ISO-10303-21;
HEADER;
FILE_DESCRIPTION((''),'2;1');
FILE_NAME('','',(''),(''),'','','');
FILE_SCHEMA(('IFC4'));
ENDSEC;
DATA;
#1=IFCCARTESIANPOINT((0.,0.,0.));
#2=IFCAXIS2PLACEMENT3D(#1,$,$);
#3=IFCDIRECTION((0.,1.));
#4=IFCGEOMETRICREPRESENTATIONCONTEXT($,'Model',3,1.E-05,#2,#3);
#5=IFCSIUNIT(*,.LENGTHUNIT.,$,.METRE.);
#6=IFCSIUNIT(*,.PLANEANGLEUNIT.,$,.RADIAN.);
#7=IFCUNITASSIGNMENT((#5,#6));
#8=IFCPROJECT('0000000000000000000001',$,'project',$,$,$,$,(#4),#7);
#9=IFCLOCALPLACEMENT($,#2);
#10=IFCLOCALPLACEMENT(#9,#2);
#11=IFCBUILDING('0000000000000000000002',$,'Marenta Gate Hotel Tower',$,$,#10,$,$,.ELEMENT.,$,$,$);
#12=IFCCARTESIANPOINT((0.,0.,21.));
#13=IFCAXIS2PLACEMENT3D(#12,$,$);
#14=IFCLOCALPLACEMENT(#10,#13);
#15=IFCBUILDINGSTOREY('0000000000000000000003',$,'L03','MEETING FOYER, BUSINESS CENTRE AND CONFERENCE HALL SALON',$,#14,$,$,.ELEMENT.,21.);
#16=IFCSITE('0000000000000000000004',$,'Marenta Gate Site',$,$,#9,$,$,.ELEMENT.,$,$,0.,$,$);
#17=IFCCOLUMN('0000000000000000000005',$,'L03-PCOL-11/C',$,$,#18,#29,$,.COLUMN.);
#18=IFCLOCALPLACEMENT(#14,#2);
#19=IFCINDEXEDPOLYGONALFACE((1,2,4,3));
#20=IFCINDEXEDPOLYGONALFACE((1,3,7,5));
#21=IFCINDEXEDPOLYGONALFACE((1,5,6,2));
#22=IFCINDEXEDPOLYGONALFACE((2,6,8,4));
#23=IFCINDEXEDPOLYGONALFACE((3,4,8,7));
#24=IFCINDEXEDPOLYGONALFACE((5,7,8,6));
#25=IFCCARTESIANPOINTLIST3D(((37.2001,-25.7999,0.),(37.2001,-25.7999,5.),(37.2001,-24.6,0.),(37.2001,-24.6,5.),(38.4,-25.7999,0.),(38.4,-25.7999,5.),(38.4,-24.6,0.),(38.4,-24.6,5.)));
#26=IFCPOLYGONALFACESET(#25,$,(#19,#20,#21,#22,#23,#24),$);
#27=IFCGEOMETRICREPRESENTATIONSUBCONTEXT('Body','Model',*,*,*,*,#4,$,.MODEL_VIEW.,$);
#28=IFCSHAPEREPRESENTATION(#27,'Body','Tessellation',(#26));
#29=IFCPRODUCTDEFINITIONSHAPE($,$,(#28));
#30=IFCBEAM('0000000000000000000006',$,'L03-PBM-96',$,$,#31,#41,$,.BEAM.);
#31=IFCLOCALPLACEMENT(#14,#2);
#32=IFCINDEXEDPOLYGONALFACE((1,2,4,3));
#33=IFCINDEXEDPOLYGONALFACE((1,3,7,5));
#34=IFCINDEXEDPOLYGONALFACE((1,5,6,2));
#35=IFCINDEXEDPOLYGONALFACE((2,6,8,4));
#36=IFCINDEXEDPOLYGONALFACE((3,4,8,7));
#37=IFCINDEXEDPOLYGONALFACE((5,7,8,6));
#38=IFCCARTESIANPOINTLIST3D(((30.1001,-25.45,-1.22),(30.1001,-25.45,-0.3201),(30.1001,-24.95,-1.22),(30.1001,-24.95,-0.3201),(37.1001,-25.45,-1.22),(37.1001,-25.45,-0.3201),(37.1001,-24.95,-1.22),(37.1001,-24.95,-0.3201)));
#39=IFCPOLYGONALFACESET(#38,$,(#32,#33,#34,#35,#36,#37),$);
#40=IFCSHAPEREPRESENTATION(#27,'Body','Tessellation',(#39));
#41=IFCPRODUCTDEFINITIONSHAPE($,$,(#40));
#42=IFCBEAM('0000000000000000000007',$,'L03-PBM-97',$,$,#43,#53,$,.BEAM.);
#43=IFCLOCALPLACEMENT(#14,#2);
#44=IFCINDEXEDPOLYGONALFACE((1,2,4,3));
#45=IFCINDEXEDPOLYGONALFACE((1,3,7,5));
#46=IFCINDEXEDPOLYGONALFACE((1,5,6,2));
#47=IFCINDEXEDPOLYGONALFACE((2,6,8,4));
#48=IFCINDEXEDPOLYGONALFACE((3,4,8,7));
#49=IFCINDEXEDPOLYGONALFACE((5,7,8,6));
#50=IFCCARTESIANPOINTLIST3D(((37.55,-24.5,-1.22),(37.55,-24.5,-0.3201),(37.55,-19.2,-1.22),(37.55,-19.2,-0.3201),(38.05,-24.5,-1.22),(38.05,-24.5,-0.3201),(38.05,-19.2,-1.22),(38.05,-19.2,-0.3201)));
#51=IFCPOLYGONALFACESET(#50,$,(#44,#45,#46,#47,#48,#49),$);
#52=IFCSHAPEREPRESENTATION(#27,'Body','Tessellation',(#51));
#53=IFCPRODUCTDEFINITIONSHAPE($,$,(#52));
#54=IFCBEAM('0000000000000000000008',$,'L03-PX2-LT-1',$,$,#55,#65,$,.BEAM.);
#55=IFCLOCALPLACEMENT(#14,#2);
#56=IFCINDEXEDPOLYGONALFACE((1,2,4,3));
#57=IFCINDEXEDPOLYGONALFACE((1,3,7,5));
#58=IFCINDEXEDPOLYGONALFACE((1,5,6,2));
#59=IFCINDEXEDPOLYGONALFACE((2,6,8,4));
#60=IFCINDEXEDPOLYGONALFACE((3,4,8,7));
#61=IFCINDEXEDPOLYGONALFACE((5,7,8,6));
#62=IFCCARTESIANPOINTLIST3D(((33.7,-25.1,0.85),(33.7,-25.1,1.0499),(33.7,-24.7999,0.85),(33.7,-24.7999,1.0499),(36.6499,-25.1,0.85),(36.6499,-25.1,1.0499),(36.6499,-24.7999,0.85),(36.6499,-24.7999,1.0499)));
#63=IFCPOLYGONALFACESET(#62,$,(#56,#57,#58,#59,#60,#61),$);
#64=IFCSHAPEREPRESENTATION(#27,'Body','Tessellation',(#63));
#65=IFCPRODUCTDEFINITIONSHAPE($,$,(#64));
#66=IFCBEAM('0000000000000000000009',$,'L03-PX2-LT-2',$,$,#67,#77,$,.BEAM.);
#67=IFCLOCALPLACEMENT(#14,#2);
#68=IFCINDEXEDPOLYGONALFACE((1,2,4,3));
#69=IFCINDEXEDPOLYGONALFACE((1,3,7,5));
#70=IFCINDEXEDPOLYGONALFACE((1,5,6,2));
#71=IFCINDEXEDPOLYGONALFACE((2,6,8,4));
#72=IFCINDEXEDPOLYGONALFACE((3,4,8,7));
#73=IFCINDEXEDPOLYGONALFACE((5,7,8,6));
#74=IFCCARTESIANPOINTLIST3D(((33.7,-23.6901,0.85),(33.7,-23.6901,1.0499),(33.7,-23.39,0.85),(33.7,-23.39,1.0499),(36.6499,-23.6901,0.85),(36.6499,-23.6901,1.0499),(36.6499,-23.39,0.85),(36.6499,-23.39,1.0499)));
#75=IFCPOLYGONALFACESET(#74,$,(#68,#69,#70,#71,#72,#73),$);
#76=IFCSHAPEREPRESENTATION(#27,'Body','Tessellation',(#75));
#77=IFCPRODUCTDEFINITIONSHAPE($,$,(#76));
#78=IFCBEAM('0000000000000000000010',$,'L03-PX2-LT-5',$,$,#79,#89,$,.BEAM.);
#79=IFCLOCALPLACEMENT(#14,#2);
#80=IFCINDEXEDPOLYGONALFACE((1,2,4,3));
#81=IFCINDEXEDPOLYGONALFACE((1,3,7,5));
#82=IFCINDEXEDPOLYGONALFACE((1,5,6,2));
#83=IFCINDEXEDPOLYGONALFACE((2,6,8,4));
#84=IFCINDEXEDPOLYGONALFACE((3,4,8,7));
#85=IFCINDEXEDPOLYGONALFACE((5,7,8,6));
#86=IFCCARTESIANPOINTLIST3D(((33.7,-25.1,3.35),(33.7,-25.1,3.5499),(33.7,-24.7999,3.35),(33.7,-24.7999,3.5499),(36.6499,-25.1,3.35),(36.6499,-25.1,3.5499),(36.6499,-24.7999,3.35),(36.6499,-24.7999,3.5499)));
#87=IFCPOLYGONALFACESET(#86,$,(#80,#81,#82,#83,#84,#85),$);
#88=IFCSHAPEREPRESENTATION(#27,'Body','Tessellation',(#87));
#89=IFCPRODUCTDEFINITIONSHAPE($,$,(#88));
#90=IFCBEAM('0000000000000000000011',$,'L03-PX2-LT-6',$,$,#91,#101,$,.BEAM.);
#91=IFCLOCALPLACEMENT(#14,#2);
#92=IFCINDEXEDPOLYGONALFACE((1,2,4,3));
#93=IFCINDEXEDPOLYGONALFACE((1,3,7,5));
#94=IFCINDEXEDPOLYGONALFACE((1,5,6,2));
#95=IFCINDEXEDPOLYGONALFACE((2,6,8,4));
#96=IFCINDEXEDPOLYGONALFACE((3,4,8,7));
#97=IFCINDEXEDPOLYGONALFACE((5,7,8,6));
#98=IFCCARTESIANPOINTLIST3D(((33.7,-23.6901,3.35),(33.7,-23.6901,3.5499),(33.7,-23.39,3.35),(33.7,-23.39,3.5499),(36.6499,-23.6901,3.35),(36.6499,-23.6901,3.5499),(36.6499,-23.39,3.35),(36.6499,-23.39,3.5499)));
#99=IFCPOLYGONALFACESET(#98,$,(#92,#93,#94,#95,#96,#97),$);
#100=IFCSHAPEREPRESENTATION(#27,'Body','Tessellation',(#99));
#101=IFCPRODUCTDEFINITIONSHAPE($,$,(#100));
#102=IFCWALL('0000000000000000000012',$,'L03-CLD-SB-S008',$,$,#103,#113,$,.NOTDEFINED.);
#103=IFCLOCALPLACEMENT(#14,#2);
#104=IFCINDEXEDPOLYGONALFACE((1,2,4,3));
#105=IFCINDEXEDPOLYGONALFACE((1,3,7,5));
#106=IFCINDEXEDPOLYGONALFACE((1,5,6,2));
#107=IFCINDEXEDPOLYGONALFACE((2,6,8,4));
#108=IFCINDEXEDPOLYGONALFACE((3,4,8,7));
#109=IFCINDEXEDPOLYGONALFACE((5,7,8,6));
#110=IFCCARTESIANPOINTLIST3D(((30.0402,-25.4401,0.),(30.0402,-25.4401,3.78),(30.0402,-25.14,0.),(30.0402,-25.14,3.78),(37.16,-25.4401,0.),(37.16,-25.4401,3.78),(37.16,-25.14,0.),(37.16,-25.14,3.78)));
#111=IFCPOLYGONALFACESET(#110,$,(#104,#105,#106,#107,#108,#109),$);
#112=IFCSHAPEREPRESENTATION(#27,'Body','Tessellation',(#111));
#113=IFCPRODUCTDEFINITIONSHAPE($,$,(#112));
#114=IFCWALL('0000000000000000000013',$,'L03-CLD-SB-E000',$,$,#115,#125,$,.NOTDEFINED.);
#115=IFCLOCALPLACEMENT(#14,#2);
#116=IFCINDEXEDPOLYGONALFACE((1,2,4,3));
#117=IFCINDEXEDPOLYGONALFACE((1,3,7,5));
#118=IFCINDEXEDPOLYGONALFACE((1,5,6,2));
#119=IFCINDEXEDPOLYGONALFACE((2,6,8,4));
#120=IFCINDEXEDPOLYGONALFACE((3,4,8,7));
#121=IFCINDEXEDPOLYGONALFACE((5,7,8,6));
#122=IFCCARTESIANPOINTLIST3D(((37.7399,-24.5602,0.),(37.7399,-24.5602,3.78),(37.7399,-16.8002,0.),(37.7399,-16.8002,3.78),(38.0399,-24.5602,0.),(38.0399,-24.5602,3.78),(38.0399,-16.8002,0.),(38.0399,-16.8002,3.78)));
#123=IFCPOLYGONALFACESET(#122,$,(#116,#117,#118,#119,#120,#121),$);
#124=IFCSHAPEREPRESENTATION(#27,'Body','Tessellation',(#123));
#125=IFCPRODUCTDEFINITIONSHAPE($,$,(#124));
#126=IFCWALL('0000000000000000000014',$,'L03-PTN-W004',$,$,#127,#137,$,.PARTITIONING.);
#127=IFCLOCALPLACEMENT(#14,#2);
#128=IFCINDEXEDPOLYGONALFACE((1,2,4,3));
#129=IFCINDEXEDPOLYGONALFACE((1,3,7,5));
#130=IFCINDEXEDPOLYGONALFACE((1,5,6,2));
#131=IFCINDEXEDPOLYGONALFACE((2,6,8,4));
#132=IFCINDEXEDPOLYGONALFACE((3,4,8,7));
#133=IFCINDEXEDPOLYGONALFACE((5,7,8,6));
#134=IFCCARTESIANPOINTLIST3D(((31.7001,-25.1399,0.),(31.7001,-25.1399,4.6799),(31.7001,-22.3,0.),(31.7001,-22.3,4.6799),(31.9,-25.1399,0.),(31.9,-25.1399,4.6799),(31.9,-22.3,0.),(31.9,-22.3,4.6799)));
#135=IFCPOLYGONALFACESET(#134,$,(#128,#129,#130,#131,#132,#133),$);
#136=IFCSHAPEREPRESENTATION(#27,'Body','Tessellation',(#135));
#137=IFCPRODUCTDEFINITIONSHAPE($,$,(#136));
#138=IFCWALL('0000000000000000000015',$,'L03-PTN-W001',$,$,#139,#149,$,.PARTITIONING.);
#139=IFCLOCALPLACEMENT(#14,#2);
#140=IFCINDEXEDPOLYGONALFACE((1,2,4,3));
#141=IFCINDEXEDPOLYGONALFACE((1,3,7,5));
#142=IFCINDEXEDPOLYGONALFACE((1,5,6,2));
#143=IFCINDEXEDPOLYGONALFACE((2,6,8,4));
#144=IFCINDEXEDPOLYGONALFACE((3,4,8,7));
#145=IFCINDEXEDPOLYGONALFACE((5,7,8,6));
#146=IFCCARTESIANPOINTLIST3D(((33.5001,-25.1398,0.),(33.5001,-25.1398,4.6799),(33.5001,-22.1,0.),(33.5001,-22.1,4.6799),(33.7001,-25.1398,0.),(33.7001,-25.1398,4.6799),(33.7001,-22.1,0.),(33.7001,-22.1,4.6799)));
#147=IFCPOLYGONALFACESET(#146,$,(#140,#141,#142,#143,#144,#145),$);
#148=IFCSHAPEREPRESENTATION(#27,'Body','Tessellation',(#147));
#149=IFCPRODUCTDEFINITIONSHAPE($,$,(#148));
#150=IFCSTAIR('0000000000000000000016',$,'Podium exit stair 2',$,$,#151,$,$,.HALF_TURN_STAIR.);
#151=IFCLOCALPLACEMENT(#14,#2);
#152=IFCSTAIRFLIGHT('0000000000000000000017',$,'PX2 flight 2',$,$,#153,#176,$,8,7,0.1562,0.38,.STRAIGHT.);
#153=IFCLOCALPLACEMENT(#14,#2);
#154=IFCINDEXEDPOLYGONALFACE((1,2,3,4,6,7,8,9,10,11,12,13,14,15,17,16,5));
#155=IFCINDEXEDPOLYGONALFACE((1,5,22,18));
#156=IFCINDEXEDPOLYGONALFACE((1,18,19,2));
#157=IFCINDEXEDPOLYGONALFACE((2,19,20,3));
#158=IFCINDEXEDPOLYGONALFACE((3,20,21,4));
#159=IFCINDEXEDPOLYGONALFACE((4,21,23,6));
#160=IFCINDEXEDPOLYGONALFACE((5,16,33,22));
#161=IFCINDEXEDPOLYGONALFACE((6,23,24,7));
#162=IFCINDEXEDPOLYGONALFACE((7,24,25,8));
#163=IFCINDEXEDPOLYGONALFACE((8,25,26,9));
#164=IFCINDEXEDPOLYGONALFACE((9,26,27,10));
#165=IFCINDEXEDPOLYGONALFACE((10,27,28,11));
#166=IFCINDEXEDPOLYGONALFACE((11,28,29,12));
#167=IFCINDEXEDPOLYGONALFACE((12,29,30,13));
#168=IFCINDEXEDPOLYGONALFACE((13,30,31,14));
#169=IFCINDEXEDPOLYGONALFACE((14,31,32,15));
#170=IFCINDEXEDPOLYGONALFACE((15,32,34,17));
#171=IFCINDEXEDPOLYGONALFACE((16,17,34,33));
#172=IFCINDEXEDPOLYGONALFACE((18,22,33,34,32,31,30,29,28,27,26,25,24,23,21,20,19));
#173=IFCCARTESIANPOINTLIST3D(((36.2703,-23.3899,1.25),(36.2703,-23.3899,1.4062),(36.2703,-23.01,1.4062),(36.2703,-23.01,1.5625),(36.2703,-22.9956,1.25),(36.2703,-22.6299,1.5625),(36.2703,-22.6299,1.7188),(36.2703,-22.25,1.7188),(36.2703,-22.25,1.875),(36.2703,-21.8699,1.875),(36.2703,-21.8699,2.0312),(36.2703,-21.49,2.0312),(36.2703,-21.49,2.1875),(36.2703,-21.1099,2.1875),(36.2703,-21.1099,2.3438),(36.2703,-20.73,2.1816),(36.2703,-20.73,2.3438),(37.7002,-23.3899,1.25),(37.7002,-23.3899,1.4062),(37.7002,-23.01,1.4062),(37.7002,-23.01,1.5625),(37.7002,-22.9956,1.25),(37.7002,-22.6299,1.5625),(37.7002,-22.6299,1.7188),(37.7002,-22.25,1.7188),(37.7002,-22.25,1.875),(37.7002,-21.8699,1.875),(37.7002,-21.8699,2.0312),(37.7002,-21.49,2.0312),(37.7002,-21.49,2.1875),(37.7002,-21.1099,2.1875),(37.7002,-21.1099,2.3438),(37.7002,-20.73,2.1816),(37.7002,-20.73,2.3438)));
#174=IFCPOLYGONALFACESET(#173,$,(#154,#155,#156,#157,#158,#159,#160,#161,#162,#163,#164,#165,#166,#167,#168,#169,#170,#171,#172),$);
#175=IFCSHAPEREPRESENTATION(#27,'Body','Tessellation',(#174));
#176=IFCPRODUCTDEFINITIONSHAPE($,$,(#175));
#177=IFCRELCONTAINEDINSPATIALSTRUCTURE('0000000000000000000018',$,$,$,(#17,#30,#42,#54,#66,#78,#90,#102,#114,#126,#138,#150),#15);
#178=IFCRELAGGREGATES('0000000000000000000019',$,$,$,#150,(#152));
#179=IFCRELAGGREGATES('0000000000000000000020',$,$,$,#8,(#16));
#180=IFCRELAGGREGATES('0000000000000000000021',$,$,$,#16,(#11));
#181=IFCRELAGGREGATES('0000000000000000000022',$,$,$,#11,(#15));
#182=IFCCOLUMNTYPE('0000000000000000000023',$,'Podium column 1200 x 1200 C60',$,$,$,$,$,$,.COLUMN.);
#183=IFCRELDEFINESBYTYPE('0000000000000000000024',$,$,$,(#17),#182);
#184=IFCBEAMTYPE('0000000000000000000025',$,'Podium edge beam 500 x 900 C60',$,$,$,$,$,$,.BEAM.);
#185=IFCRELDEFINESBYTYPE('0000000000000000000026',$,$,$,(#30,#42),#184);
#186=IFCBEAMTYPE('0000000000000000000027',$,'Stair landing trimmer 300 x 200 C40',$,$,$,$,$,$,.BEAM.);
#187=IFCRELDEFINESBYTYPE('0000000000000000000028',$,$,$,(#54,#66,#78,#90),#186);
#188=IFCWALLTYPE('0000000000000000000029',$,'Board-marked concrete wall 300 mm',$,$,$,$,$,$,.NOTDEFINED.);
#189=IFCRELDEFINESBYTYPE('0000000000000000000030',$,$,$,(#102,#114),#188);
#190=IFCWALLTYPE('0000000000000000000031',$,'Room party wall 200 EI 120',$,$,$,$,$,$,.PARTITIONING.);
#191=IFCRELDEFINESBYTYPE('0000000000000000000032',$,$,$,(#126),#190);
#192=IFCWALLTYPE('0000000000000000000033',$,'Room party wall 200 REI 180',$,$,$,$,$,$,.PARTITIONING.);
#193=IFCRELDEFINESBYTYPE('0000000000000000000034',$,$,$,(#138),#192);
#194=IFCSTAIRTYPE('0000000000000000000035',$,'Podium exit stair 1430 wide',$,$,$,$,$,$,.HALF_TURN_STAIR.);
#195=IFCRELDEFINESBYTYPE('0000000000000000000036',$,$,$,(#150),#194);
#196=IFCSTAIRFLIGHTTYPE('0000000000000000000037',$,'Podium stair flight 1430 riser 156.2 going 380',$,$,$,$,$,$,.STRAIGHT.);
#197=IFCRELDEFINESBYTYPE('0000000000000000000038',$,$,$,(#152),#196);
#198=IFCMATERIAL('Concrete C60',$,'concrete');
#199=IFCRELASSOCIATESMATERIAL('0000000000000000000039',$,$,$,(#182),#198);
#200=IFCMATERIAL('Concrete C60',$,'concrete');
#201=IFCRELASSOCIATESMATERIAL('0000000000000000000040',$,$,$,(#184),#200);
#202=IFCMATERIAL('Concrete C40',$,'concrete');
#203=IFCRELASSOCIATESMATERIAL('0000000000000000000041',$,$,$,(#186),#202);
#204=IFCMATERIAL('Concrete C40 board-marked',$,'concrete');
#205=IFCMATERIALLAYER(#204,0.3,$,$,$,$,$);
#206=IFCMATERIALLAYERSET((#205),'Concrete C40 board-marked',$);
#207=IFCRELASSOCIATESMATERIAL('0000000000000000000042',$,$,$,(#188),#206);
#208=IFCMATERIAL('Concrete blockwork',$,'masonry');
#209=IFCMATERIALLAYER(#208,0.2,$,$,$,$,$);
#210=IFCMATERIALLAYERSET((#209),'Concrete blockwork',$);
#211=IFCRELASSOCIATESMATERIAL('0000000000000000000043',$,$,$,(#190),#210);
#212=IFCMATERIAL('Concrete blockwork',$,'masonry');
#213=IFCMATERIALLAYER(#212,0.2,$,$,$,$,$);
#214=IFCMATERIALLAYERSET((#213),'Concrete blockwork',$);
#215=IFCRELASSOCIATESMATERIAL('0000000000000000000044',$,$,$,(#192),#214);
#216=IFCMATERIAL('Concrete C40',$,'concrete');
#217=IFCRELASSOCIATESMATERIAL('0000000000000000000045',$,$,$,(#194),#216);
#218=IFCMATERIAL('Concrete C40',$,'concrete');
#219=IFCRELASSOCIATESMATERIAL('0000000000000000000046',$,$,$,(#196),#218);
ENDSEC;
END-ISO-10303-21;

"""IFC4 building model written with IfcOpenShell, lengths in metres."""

from ifc_helpers import new_model, si_unit, direction, frame, frame_2d, origin, origin_2d, place, context, subcontext, project, spatial, polyline, rectangle, outline, extrude, material, layer, layer_set, material_profile, profile_set, type_object, element, aggregate, save


model = new_model("IFC4")

# Units and contexts
model_context = context("Model", 3, precision=1e-05, world=origin(), true_north=direction((0.0, 1.0)))
body_context = subcontext(model_context, "Body", "Model", "MODEL_VIEW")
ifc_project = project(units=[si_unit("LENGTHUNIT", "METRE"), si_unit("PLANEANGLEUNIT", "RADIAN")], contexts=[model_context])

# Site, building, storey
site_placement = place(None, origin())
site = spatial("IfcSite", under=ifc_project, at=site_placement, Name="Marenta Gate Site", CompositionType="ELEMENT", RefElevation=0.0)
building_placement = place(site_placement, origin())
building = spatial("IfcBuilding", under=site, at=building_placement, Name="Marenta Gate Hotel Tower", CompositionType="ELEMENT")
storey_placement = place(building_placement, frame((0.0, 0.0, 21.0)))
storey = spatial("IfcBuildingStorey", under=building, at=storey_placement, Name="L03", Description="MEETING FOYER, BUSINESS CENTRE AND CONFERENCE HALL SALON", CompositionType="ELEMENT", Elevation=21.0)

# Column
ifc_material_1 = material(Name="Concrete C60", Category="concrete")
ifc_material_profile_1 = material_profile(ifc_material_1, rectangle(XDim=1.2, YDim=1.2, at=origin_2d()), Name="1200 x 1200")
ifc_profile_set_1 = profile_set([ifc_material_profile_1], Name="Concrete C60")
column_type = type_object("IfcColumnType", Name="Podium column 1200 x 1200 C60", PredefinedType="COLUMN", material=ifc_profile_set_1)
column_placement = place(storey_placement, frame((37.8, -25.2, 0.0), z_axis=(0.0, 0.0, 1.0), x_axis=(1.0, 0.0, 0.0)))
element("IfcColumn", 1, at=column_placement, inside=storey, type_object=column_type, Name="L03-PCOL-11/C", PredefinedType="COLUMN", context=body_context, shape_type="SweptSolid", body=[
    extrude(rectangle(XDim=1.2, YDim=1.2, at=origin_2d()), origin(), (0.0, 0.0, 1.0), 5.0),
])

# Beams
ifc_material_2 = material(Name="Concrete C60", Category="concrete")
ifc_material_profile_2 = material_profile(ifc_material_2, rectangle(XDim=0.5, YDim=0.8999, at=origin_2d()), Name="500 x 900")
ifc_profile_set_2 = profile_set([ifc_material_profile_2], Name="Concrete C60")
beam_type_1 = type_object("IfcBeamType", Name="Podium edge beam 500 x 900 C60", PredefinedType="BEAM", material=ifc_profile_set_2)
beam_1_placement = place(storey_placement, frame((30.1001, -25.2, -0.77), z_axis=(1.0, 0.0, 0.0), x_axis=(0.0, 1.0, 0.0)))
element("IfcBeam", 2, at=beam_1_placement, inside=storey, type_object=beam_type_1, Name="L03-PBM-96", PredefinedType="BEAM", context=body_context, shape_type="SweptSolid", body=[
    extrude(rectangle(XDim=0.5, YDim=0.8999, at=origin_2d()), origin(), (0.0, 0.0, 1.0), 7.0),
])
beam_2_placement = place(storey_placement, frame((37.8, -24.5, -0.77), z_axis=(0.0, 1.0, 0.0), x_axis=(-1.0, 0.0, 0.0)))
element("IfcBeam", 3, at=beam_2_placement, inside=storey, type_object=beam_type_1, Name="L03-PBM-97", PredefinedType="BEAM", context=body_context, shape_type="SweptSolid", body=[
    extrude(rectangle(XDim=0.5, YDim=0.8999, at=origin_2d()), origin(), (0.0, 0.0, 1.0), 5.3),
])
ifc_material_3 = material(Name="Concrete C40", Category="concrete")
ifc_material_profile_3 = material_profile(ifc_material_3, rectangle(XDim=0.3, YDim=0.2, at=origin_2d()), Name="300 x 200")
ifc_profile_set_3 = profile_set([ifc_material_profile_3], Name="Concrete C40")
beam_type_2 = type_object("IfcBeamType", Name="Stair landing trimmer 300 x 200 C40", PredefinedType="BEAM", material=ifc_profile_set_3)
for number, where, z_axis, x_axis, name in (
    (4, (33.7, -24.95, 0.95), (1.0, 0.0, 0.0), (0.0, 1.0, 0.0), "L03-PX2-LT-1"),
    (5, (33.7, -23.54, 0.95), (1.0, 0.0, 0.0), (0.0, 1.0, 0.0), "L03-PX2-LT-2"),
    (6, (33.7, -24.95, 3.45), (1.0, 0.0, 0.0), (0.0, 1.0, 0.0), "L03-PX2-LT-5"),
    (7, (33.7, -23.54, 3.45), (1.0, 0.0, 0.0), (0.0, 1.0, 0.0), "L03-PX2-LT-6"),
):
    element("IfcBeam", number, at=place(storey_placement, frame(where, z_axis=z_axis, x_axis=x_axis)), inside=storey, type_object=beam_type_2, Name=name, PredefinedType="BEAM", context=body_context, shape_type="SweptSolid", body=[
        extrude(rectangle(XDim=0.3, YDim=0.2, at=origin_2d()), origin(), (0.0, 0.0, 1.0), 2.95),
    ])

# Walls
ifc_material_4 = material(Name="Concrete C40 board-marked", Category="concrete")
ifc_layer_1 = layer(ifc_material_4, 0.3)
ifc_layer_set_1 = layer_set([ifc_layer_1], Name="Concrete C40 board-marked")
wall_type_1 = type_object("IfcWallType", Name="Board-marked concrete wall 300 mm", PredefinedType="NOTDEFINED", material=ifc_layer_set_1)
wall_1_placement = place(storey_placement, frame((30.04, -25.29, 0.0), z_axis=(0.0, 0.0, 1.0), x_axis=(1.0, 0.0, 0.0)))
element("IfcWall", 8, at=wall_1_placement, inside=storey, type_object=wall_type_1, Name="L03-CLD-SB-S008", PredefinedType="NOTDEFINED", context=body_context, shape_type="SweptSolid", body=[
    extrude(rectangle(XDim=7.1199, YDim=0.3, at=frame_2d((3.5601, 0.0))), origin(), (0.0, 0.0, 1.0), 3.78),
])
wall_2_placement = place(storey_placement, frame((37.8899, -24.5601, 0.0), z_axis=(0.0, 0.0, 1.0), x_axis=(0.0, 1.0, 0.0)))
element("IfcWall", 9, at=wall_2_placement, inside=storey, type_object=wall_type_1, Name="L03-CLD-SB-E000", PredefinedType="NOTDEFINED", context=body_context, shape_type="SweptSolid", body=[
    extrude(rectangle(XDim=7.76, YDim=0.3, at=frame_2d((3.8799, 0.0))), origin(), (0.0, 0.0, 1.0), 3.78),
])

# Walls
ifc_material_5 = material(Name="Concrete blockwork", Category="masonry")
ifc_layer_2 = layer(ifc_material_5, 0.2)
ifc_layer_set_2 = layer_set([ifc_layer_2], Name="Concrete blockwork")
wall_type_2 = type_object("IfcWallType", Name="Room party wall 200 EI 120", PredefinedType="PARTITIONING", material=ifc_layer_set_2)
wall_3_placement = place(storey_placement, frame((31.8, -25.1399, 0.0), z_axis=(0.0, 0.0, 1.0), x_axis=(0.0, 1.0, 0.0)))
element("IfcWall", 10, at=wall_3_placement, inside=storey, type_object=wall_type_2, Name="L03-PTN-W004", PredefinedType="PARTITIONING", context=body_context, shape_type="SweptSolid", body=[
    extrude(rectangle(XDim=2.8398, YDim=0.2, at=frame_2d((1.4199, 0.0))), origin(), (0.0, 0.0, 1.0), 4.6799),
])
ifc_material_6 = material(Name="Concrete blockwork", Category="masonry")
ifc_layer_3 = layer(ifc_material_6, 0.2)
ifc_layer_set_3 = layer_set([ifc_layer_3], Name="Concrete blockwork")
wall_type_3 = type_object("IfcWallType", Name="Room party wall 200 REI 180", PredefinedType="PARTITIONING", material=ifc_layer_set_3)
wall_4_placement = place(storey_placement, frame((33.6001, -25.1399, 0.0), z_axis=(0.0, 0.0, 1.0), x_axis=(0.0, 1.0, 0.0)))
element("IfcWall", 11, at=wall_4_placement, inside=storey, type_object=wall_type_3, Name="L03-PTN-W001", PredefinedType="PARTITIONING", context=body_context, shape_type="SweptSolid", body=[
    extrude(rectangle(XDim=3.0398, YDim=0.2, at=frame_2d((1.52, 0.0))), origin(), (0.0, 0.0, 1.0), 4.6799),
])

# Stair, stair flight
ifc_material_7 = material(Name="Concrete C40", Category="concrete")
stair_type = type_object("IfcStairType", Name="Podium exit stair 1430 wide", PredefinedType="HALF_TURN_STAIR", material=ifc_material_7)
stair_placement = place(storey_placement, origin())
stair = element("IfcStair", 12, at=stair_placement, inside=storey, type_object=stair_type, Name="Podium exit stair 2", PredefinedType="HALF_TURN_STAIR")
ifc_material_8 = material(Name="Concrete C40", Category="concrete")
stair_flight_type = type_object("IfcStairFlightType", Name="Podium stair flight 1430 riser 156.2 going 380", PredefinedType="STRAIGHT", material=ifc_material_8)
stair_flight_1_placement = place(storey_placement, frame((36.9851, -23.3899, 1.25), z_axis=(0.0, 0.0, 1.0), x_axis=(0.0, 1.0, 0.0)))
stair_flight_1 = element("IfcStairFlight", 13, at=stair_flight_1_placement, type_object=stair_flight_type, Name="PX2 flight 2", NumberOfRisers=8, NumberOfTreads=7, PredefinedType="STRAIGHT", RiserHeight=0.1562, TreadLength=0.38, context=body_context, shape_type="SweptSolid", body=[
    extrude(outline(polyline([(0.0, 0.0), (0.0, 0.1562), (0.3799, 0.1562), (0.3799, 0.3125), (0.76, 0.3125), (0.76, 0.4688), (1.1399, 0.4688), (1.1399, 0.625), (1.52, 0.625), (1.52, 0.7812), (1.8999, 0.7812), (1.8999, 0.9375), (2.28, 0.9375), (2.28, 1.0938), (2.6599, 1.0938), (2.6599, 1.25), (2.6599, 0.9316), (0.3943, 0.0), (0.0, 0.0)])), frame((0.0, 0.7148, 0.0), z_axis=(0.0, -1.0, 0.0), x_axis=(1.0, 0.0, 0.0)), (0.0, 0.0, 1.0), 1.4299),
])
aggregate(stair, [stair_flight_1])

save(model, "model.ifc")
